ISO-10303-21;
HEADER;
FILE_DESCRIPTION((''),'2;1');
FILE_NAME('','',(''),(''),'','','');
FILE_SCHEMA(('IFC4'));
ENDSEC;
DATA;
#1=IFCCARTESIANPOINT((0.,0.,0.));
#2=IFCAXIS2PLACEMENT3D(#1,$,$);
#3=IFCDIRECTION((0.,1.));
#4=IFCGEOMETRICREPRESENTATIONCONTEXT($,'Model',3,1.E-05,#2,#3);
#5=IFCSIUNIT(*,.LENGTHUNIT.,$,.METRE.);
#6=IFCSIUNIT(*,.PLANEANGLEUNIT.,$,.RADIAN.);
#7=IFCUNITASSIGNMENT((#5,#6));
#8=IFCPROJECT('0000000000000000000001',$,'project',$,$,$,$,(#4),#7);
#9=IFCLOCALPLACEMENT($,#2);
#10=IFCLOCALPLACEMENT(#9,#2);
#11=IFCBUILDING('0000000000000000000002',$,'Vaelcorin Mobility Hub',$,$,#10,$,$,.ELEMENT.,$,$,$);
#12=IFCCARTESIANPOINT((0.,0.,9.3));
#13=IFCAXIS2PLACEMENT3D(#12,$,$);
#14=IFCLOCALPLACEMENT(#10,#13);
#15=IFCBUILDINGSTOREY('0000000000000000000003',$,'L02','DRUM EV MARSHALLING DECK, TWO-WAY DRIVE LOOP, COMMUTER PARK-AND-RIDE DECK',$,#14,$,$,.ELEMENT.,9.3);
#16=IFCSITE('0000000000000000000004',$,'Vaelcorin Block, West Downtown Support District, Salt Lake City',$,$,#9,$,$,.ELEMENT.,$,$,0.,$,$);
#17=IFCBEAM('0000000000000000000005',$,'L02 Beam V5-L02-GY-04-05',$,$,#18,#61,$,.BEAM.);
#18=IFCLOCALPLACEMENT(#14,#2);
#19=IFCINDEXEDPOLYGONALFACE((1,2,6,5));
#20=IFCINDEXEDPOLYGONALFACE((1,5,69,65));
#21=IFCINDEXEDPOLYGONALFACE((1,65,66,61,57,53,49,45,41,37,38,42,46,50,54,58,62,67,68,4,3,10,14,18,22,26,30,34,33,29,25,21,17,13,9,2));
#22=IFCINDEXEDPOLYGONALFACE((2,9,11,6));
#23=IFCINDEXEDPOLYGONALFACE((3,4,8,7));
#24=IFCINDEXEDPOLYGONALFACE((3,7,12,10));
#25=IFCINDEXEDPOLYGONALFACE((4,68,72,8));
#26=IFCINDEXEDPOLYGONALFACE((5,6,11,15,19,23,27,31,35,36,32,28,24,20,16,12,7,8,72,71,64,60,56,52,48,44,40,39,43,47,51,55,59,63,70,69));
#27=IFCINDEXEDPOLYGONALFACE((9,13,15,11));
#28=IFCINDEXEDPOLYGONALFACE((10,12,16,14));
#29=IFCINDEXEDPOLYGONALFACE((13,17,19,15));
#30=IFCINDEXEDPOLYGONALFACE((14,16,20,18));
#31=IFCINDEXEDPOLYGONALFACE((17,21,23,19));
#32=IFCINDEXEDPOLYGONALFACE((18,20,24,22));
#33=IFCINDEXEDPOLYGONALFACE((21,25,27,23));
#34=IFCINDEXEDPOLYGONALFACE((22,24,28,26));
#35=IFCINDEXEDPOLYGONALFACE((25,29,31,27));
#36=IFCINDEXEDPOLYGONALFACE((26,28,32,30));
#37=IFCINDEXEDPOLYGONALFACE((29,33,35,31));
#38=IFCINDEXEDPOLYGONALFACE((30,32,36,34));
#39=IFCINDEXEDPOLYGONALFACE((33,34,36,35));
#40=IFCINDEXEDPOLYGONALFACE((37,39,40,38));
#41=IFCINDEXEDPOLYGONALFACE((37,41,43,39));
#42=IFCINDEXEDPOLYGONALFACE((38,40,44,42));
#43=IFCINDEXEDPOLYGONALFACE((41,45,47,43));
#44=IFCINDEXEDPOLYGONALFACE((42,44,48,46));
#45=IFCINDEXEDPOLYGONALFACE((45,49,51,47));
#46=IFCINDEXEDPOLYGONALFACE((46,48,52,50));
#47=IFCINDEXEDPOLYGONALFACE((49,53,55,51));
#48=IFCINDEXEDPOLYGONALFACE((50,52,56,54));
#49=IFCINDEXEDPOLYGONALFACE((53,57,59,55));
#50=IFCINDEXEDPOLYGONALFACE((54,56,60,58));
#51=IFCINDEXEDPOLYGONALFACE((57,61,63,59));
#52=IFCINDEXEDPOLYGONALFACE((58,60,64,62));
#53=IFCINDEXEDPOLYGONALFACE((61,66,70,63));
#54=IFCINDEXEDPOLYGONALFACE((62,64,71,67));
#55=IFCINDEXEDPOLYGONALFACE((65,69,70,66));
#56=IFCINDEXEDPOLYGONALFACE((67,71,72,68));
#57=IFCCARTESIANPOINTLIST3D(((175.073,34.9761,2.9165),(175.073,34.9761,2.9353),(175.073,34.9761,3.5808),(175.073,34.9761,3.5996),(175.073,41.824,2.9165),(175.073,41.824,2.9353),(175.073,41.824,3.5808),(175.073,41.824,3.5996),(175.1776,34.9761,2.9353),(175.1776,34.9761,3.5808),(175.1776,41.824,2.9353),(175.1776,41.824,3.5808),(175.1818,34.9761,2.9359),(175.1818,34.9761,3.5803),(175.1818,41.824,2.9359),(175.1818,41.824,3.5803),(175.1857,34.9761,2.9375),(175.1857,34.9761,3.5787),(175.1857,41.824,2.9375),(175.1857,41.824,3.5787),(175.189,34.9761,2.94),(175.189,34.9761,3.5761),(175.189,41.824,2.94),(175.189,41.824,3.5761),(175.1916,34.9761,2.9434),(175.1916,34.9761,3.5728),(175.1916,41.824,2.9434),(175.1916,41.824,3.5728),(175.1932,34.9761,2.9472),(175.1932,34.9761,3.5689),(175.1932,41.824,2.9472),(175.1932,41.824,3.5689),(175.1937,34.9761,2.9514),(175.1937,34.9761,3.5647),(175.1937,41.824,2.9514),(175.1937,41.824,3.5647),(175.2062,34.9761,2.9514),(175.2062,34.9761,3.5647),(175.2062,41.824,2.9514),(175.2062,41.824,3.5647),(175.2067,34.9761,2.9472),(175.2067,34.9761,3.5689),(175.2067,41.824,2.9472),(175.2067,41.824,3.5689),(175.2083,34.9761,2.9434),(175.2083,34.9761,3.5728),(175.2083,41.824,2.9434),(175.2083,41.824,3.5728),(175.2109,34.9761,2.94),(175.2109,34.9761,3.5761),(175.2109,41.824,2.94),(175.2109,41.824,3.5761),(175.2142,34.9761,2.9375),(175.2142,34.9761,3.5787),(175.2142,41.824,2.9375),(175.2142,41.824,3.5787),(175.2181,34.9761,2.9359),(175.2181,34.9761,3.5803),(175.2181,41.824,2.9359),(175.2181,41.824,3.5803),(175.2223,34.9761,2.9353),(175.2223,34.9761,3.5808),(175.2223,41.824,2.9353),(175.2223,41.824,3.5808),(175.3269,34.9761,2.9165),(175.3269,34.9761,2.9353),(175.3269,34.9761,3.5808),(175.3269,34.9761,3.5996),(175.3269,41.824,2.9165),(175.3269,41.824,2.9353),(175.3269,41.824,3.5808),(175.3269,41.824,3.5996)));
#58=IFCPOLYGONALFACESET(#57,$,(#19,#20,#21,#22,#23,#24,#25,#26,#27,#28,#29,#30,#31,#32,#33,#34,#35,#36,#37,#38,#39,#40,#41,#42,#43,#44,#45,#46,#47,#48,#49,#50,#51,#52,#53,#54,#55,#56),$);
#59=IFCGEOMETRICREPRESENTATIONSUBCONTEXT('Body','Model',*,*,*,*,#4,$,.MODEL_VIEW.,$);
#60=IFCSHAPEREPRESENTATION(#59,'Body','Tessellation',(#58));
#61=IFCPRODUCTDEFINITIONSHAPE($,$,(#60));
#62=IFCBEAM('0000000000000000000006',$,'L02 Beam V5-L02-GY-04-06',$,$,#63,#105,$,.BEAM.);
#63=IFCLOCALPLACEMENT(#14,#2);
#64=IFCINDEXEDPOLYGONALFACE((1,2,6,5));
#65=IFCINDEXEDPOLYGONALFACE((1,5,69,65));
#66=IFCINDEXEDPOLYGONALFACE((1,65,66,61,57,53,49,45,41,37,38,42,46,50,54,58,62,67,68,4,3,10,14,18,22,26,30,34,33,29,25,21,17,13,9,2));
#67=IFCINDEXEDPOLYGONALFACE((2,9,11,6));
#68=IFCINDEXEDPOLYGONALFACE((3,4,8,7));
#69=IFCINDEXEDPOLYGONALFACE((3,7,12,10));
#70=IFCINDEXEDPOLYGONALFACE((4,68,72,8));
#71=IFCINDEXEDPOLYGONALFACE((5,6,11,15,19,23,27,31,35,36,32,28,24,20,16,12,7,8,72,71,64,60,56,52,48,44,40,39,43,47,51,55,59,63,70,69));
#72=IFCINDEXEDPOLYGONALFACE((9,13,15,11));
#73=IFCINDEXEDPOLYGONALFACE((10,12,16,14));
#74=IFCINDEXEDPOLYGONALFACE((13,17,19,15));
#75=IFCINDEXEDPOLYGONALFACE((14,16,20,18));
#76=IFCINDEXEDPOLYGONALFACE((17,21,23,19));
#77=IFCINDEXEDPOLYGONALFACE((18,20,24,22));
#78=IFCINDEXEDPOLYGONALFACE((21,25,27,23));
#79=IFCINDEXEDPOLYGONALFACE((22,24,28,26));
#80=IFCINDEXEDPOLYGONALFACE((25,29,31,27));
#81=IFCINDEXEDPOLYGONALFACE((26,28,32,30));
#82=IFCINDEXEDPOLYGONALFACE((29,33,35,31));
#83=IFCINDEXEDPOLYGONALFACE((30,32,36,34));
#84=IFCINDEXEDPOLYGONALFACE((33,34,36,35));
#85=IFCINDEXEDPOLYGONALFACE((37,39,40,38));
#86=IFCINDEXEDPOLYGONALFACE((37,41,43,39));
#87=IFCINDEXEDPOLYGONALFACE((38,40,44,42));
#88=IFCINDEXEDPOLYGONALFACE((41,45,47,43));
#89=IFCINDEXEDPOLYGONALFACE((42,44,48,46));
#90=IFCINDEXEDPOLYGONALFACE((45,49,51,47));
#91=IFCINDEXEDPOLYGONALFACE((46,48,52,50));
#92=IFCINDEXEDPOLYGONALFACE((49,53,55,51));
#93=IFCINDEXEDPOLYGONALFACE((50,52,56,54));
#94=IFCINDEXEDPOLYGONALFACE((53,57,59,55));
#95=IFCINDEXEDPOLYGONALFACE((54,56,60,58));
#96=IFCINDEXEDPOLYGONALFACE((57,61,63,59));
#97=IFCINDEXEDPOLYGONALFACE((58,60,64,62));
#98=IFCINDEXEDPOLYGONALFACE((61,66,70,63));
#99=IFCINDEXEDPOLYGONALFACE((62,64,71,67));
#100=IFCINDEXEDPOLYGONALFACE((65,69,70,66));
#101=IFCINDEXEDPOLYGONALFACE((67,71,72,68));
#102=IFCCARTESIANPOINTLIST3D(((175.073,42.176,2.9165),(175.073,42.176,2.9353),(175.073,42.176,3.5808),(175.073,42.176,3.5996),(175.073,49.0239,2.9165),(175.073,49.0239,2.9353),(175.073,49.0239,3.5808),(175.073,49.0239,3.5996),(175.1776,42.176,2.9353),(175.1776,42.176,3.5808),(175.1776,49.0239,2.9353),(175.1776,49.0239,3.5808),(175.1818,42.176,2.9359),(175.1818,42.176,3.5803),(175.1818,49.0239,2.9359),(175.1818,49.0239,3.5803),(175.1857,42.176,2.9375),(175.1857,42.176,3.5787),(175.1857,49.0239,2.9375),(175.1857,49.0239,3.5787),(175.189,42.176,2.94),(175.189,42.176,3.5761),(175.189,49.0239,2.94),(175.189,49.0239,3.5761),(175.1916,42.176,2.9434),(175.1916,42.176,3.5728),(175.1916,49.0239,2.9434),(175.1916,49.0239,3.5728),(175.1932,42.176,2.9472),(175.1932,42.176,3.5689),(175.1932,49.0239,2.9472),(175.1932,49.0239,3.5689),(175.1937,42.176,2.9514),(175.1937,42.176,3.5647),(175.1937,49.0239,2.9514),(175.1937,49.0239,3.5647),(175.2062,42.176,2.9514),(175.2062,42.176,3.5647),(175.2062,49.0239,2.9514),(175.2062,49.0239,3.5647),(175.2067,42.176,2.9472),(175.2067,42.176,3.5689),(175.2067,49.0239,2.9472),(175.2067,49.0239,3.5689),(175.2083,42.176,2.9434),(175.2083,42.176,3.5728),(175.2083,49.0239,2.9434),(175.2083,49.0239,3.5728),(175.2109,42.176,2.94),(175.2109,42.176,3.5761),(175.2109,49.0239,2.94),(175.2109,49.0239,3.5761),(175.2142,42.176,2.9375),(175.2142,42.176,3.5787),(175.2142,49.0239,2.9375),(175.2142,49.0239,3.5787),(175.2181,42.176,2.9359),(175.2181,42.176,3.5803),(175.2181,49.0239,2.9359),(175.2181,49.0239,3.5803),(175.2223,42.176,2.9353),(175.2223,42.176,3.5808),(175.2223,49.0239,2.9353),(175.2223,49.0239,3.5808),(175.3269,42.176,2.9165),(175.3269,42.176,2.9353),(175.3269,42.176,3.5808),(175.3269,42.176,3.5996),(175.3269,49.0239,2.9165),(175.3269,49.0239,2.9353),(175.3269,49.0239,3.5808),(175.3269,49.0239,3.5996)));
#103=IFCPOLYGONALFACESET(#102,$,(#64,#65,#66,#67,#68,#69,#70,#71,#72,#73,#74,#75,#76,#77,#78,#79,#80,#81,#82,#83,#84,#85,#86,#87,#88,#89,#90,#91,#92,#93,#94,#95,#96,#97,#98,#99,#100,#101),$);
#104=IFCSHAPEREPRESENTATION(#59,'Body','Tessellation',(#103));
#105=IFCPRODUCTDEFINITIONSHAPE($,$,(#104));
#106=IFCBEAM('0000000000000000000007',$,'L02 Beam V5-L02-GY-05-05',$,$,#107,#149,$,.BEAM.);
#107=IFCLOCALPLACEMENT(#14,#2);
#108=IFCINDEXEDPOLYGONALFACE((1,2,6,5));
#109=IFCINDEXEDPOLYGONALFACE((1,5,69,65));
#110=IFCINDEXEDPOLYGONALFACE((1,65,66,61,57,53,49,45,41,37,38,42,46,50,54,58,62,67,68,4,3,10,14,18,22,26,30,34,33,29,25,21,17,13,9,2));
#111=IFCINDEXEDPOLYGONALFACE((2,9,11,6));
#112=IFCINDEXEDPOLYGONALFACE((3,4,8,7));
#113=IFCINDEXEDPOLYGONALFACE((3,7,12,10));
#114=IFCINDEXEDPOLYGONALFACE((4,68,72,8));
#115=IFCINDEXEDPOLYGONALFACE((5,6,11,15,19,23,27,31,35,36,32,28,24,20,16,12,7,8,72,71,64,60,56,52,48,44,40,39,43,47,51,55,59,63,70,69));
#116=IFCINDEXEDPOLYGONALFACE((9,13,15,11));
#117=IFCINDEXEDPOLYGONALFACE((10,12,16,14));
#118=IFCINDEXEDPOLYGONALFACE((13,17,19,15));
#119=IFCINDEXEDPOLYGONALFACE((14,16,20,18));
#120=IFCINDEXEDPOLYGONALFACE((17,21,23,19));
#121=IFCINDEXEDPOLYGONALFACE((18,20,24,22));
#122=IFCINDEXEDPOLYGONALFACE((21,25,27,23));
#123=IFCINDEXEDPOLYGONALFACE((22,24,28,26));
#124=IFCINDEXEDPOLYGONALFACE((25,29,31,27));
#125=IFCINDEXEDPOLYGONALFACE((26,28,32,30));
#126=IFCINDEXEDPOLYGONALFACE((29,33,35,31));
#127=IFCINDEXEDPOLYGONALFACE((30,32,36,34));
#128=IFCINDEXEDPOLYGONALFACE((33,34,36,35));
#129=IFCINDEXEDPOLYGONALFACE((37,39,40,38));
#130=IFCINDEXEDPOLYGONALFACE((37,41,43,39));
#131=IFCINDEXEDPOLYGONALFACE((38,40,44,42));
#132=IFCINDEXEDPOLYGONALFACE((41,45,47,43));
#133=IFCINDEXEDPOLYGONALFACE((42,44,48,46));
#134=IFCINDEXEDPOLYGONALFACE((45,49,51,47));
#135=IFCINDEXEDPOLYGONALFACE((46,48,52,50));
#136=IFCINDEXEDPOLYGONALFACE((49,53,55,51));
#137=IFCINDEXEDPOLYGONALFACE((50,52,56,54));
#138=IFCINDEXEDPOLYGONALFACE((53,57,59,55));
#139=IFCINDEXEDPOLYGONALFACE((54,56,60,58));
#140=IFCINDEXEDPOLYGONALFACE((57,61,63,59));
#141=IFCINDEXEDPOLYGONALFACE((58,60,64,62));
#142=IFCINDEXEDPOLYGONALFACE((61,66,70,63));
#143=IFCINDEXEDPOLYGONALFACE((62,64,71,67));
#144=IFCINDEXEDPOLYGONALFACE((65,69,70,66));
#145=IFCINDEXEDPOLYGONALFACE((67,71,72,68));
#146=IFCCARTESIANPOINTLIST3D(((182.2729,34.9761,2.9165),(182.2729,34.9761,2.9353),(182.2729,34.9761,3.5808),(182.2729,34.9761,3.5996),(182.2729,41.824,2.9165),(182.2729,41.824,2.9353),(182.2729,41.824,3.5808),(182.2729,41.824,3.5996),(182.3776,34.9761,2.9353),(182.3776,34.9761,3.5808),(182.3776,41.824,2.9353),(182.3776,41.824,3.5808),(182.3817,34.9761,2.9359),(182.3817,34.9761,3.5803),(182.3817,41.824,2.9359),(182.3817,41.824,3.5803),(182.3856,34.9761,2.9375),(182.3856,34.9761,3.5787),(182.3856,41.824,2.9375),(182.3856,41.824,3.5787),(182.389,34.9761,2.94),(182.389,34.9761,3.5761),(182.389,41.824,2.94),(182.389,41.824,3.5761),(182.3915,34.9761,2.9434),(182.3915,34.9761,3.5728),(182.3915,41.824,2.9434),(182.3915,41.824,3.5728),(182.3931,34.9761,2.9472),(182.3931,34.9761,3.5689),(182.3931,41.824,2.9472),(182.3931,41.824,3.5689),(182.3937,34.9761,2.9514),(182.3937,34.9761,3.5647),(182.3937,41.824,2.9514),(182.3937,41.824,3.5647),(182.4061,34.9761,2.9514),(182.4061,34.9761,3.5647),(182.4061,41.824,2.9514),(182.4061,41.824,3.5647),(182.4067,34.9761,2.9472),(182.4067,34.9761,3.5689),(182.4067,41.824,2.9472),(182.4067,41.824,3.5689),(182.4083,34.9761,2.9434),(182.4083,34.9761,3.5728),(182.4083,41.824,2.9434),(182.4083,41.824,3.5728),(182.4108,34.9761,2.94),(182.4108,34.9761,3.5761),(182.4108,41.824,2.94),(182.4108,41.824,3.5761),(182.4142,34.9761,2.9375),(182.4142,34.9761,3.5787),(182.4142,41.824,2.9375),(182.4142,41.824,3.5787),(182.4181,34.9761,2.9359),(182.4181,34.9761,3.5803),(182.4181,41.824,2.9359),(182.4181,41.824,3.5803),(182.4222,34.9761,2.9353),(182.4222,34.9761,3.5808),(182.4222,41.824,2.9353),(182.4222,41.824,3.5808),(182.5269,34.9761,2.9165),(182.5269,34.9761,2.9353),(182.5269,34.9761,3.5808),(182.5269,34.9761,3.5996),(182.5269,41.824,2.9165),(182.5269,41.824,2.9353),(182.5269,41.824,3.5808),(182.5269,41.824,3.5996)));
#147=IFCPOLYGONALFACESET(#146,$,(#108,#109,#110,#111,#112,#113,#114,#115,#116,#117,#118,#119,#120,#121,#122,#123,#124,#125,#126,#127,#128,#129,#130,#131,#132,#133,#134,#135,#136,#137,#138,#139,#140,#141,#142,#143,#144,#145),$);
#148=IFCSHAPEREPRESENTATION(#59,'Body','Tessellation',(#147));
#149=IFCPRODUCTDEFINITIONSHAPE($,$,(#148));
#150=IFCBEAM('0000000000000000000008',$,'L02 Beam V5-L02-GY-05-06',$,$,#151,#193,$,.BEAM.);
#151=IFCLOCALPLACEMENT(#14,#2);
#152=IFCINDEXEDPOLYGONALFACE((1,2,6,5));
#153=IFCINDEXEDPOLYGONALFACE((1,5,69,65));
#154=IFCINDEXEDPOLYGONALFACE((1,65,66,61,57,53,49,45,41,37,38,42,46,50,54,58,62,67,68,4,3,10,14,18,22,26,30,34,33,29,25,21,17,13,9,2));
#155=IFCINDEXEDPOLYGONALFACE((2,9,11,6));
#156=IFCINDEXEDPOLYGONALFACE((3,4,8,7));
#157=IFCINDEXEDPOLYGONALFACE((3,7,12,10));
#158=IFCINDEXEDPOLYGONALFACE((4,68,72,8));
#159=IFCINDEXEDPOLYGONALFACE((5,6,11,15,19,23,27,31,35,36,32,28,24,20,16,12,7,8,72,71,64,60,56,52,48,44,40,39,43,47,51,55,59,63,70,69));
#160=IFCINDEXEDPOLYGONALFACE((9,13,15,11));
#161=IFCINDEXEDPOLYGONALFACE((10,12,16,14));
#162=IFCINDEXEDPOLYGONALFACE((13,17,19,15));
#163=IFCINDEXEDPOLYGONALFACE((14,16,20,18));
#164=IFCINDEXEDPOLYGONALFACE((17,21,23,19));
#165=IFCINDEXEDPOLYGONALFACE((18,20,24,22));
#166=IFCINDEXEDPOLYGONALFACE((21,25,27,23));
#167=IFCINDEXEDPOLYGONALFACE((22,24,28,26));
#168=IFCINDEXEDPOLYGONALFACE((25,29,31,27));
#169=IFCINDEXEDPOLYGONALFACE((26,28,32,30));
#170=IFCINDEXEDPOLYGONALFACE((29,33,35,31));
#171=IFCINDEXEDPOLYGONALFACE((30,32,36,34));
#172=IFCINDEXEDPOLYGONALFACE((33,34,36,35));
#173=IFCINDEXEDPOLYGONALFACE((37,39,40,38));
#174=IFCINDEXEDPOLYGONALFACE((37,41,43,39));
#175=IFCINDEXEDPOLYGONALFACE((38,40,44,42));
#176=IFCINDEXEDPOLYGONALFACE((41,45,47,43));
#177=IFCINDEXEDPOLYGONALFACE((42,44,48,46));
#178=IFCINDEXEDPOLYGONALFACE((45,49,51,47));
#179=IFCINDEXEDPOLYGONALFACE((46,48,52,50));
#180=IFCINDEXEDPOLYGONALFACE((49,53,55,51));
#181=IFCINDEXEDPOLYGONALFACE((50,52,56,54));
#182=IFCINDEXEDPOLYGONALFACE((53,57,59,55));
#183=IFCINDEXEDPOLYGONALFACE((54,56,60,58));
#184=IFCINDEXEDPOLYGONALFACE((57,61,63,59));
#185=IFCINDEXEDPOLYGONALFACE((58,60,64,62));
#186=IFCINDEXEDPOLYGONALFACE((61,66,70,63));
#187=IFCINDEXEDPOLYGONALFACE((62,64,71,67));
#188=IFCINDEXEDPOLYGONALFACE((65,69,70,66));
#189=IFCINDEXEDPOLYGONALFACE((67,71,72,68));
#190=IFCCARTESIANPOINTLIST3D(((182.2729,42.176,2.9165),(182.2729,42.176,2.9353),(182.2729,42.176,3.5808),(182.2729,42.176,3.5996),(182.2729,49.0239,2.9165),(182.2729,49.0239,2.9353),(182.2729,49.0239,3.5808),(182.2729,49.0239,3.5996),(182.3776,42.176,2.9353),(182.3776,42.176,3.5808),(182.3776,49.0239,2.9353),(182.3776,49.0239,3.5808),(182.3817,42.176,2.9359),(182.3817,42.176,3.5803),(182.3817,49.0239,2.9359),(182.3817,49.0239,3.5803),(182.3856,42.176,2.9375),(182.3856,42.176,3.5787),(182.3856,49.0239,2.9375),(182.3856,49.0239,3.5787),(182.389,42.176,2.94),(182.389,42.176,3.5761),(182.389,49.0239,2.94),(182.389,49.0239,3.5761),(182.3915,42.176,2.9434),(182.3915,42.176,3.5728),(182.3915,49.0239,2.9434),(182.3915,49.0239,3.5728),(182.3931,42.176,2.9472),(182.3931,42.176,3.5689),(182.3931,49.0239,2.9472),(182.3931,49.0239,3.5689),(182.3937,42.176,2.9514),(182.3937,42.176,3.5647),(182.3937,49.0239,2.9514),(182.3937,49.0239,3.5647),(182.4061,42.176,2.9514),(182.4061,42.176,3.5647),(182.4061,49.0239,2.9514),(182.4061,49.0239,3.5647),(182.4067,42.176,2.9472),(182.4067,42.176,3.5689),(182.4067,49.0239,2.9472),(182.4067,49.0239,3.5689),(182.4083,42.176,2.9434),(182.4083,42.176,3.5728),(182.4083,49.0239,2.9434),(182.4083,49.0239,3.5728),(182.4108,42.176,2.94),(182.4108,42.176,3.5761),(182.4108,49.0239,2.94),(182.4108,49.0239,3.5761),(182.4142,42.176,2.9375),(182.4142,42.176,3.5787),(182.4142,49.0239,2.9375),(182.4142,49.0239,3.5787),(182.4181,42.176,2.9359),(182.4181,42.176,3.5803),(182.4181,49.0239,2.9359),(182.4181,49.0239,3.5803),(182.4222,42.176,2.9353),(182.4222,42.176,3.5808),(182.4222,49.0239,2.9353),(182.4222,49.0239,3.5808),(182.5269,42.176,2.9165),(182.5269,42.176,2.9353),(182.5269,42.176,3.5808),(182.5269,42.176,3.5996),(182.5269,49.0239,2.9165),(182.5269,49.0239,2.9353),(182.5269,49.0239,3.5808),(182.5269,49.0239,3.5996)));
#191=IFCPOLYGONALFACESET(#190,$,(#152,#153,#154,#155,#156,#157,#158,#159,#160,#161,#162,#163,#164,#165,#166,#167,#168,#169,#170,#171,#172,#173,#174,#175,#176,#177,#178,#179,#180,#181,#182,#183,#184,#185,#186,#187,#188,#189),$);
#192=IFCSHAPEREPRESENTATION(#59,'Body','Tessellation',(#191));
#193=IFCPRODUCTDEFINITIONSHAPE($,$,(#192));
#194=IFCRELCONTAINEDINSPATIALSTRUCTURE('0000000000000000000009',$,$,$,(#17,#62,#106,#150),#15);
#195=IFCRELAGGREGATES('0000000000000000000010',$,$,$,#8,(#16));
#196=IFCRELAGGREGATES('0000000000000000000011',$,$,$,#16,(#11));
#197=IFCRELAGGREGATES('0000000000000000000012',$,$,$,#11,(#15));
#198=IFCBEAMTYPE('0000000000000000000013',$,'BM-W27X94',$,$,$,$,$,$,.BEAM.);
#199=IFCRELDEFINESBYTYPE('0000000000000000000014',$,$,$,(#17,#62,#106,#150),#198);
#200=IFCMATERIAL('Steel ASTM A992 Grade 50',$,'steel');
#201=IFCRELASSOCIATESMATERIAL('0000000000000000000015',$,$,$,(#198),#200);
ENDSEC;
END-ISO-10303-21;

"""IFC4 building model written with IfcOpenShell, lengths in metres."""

from ifc_helpers import new_model, si_unit, direction, frame, origin, origin_2d, place, context, subcontext, project, spatial, i_section, extrude, material, material_profile, profile_set, type_object, element, save


model = new_model("IFC4")

# Units and contexts
model_context = context("Model", 3, precision=1e-05, world=origin(), true_north=direction((0.0, 1.0)))
body_context = subcontext(model_context, "Body", "Model", "MODEL_VIEW")
ifc_project = project(units=[si_unit("LENGTHUNIT", "METRE"), si_unit("PLANEANGLEUNIT", "RADIAN")], contexts=[model_context])

# Site, building, storey
site_placement = place(None, origin())
site = spatial("IfcSite", under=ifc_project, at=site_placement, Name="Vaelcorin Block, West Downtown Support District, Salt Lake City", CompositionType="ELEMENT", RefElevation=0.0)
building_placement = place(site_placement, origin())
building = spatial("IfcBuilding", under=site, at=building_placement, Name="Vaelcorin Mobility Hub", CompositionType="ELEMENT")
storey_placement = place(building_placement, frame((0.0, 0.0, 9.3)))
storey = spatial("IfcBuildingStorey", under=building, at=storey_placement, Name="L02", Description="DRUM EV MARSHALLING DECK, TWO-WAY DRIVE LOOP, COMMUTER PARK-AND-RIDE DECK", CompositionType="ELEMENT", Elevation=9.3)

# Shared definitions
ifc_material_1 = material(Name="Steel ASTM A992 Grade 50", Category="steel")

# Beams
ifc_material_profile_1 = material_profile(ifc_material_1, i_section(OverallWidth=0.2539, OverallDepth=0.6831, WebThickness=0.0125, FlangeThickness=0.0188, FilletRadius=0.0161, at=origin_2d()), Name="W27X94")
ifc_profile_set_1 = profile_set([ifc_material_profile_1], Name="Steel ASTM A992 Grade 50")
beam_type_1 = type_object("IfcBeamType", Name="BM-W27X94", PredefinedType="BEAM", material=ifc_profile_set_1)
for number, where, z_axis, x_axis, name in (
    (1, (175.2, 34.9761, 3.2581), (0.0, 1.0, 0.0), (-1.0, 0.0, 0.0), "L02 Beam V5-L02-GY-04-05"),
    (2, (175.2, 42.176, 3.2581), (0.0, 1.0, 0.0), (-1.0, 0.0, 0.0), "L02 Beam V5-L02-GY-04-06"),
    (3, (182.3999, 34.9761, 3.2581), (0.0, 1.0, 0.0), (-1.0, 0.0, 0.0), "L02 Beam V5-L02-GY-05-05"),
    (4, (182.3999, 42.176, 3.2581), (0.0, 1.0, 0.0), (-1.0, 0.0, 0.0), "L02 Beam V5-L02-GY-05-06"),
):
    element("IfcBeam", number, at=place(storey_placement, frame(where, z_axis=z_axis, x_axis=x_axis)), inside=storey, type_object=beam_type_1, Name=name, PredefinedType="BEAM", context=body_context, shape_type="SweptSolid", body=[
        extrude(i_section(OverallWidth=0.2539, OverallDepth=0.6831, WebThickness=0.0125, FlangeThickness=0.0188, FilletRadius=0.0161, at=origin_2d()), origin(), (0.0, 0.0, 1.0), 6.8479),
    ])

save(model, "model.ifc")
